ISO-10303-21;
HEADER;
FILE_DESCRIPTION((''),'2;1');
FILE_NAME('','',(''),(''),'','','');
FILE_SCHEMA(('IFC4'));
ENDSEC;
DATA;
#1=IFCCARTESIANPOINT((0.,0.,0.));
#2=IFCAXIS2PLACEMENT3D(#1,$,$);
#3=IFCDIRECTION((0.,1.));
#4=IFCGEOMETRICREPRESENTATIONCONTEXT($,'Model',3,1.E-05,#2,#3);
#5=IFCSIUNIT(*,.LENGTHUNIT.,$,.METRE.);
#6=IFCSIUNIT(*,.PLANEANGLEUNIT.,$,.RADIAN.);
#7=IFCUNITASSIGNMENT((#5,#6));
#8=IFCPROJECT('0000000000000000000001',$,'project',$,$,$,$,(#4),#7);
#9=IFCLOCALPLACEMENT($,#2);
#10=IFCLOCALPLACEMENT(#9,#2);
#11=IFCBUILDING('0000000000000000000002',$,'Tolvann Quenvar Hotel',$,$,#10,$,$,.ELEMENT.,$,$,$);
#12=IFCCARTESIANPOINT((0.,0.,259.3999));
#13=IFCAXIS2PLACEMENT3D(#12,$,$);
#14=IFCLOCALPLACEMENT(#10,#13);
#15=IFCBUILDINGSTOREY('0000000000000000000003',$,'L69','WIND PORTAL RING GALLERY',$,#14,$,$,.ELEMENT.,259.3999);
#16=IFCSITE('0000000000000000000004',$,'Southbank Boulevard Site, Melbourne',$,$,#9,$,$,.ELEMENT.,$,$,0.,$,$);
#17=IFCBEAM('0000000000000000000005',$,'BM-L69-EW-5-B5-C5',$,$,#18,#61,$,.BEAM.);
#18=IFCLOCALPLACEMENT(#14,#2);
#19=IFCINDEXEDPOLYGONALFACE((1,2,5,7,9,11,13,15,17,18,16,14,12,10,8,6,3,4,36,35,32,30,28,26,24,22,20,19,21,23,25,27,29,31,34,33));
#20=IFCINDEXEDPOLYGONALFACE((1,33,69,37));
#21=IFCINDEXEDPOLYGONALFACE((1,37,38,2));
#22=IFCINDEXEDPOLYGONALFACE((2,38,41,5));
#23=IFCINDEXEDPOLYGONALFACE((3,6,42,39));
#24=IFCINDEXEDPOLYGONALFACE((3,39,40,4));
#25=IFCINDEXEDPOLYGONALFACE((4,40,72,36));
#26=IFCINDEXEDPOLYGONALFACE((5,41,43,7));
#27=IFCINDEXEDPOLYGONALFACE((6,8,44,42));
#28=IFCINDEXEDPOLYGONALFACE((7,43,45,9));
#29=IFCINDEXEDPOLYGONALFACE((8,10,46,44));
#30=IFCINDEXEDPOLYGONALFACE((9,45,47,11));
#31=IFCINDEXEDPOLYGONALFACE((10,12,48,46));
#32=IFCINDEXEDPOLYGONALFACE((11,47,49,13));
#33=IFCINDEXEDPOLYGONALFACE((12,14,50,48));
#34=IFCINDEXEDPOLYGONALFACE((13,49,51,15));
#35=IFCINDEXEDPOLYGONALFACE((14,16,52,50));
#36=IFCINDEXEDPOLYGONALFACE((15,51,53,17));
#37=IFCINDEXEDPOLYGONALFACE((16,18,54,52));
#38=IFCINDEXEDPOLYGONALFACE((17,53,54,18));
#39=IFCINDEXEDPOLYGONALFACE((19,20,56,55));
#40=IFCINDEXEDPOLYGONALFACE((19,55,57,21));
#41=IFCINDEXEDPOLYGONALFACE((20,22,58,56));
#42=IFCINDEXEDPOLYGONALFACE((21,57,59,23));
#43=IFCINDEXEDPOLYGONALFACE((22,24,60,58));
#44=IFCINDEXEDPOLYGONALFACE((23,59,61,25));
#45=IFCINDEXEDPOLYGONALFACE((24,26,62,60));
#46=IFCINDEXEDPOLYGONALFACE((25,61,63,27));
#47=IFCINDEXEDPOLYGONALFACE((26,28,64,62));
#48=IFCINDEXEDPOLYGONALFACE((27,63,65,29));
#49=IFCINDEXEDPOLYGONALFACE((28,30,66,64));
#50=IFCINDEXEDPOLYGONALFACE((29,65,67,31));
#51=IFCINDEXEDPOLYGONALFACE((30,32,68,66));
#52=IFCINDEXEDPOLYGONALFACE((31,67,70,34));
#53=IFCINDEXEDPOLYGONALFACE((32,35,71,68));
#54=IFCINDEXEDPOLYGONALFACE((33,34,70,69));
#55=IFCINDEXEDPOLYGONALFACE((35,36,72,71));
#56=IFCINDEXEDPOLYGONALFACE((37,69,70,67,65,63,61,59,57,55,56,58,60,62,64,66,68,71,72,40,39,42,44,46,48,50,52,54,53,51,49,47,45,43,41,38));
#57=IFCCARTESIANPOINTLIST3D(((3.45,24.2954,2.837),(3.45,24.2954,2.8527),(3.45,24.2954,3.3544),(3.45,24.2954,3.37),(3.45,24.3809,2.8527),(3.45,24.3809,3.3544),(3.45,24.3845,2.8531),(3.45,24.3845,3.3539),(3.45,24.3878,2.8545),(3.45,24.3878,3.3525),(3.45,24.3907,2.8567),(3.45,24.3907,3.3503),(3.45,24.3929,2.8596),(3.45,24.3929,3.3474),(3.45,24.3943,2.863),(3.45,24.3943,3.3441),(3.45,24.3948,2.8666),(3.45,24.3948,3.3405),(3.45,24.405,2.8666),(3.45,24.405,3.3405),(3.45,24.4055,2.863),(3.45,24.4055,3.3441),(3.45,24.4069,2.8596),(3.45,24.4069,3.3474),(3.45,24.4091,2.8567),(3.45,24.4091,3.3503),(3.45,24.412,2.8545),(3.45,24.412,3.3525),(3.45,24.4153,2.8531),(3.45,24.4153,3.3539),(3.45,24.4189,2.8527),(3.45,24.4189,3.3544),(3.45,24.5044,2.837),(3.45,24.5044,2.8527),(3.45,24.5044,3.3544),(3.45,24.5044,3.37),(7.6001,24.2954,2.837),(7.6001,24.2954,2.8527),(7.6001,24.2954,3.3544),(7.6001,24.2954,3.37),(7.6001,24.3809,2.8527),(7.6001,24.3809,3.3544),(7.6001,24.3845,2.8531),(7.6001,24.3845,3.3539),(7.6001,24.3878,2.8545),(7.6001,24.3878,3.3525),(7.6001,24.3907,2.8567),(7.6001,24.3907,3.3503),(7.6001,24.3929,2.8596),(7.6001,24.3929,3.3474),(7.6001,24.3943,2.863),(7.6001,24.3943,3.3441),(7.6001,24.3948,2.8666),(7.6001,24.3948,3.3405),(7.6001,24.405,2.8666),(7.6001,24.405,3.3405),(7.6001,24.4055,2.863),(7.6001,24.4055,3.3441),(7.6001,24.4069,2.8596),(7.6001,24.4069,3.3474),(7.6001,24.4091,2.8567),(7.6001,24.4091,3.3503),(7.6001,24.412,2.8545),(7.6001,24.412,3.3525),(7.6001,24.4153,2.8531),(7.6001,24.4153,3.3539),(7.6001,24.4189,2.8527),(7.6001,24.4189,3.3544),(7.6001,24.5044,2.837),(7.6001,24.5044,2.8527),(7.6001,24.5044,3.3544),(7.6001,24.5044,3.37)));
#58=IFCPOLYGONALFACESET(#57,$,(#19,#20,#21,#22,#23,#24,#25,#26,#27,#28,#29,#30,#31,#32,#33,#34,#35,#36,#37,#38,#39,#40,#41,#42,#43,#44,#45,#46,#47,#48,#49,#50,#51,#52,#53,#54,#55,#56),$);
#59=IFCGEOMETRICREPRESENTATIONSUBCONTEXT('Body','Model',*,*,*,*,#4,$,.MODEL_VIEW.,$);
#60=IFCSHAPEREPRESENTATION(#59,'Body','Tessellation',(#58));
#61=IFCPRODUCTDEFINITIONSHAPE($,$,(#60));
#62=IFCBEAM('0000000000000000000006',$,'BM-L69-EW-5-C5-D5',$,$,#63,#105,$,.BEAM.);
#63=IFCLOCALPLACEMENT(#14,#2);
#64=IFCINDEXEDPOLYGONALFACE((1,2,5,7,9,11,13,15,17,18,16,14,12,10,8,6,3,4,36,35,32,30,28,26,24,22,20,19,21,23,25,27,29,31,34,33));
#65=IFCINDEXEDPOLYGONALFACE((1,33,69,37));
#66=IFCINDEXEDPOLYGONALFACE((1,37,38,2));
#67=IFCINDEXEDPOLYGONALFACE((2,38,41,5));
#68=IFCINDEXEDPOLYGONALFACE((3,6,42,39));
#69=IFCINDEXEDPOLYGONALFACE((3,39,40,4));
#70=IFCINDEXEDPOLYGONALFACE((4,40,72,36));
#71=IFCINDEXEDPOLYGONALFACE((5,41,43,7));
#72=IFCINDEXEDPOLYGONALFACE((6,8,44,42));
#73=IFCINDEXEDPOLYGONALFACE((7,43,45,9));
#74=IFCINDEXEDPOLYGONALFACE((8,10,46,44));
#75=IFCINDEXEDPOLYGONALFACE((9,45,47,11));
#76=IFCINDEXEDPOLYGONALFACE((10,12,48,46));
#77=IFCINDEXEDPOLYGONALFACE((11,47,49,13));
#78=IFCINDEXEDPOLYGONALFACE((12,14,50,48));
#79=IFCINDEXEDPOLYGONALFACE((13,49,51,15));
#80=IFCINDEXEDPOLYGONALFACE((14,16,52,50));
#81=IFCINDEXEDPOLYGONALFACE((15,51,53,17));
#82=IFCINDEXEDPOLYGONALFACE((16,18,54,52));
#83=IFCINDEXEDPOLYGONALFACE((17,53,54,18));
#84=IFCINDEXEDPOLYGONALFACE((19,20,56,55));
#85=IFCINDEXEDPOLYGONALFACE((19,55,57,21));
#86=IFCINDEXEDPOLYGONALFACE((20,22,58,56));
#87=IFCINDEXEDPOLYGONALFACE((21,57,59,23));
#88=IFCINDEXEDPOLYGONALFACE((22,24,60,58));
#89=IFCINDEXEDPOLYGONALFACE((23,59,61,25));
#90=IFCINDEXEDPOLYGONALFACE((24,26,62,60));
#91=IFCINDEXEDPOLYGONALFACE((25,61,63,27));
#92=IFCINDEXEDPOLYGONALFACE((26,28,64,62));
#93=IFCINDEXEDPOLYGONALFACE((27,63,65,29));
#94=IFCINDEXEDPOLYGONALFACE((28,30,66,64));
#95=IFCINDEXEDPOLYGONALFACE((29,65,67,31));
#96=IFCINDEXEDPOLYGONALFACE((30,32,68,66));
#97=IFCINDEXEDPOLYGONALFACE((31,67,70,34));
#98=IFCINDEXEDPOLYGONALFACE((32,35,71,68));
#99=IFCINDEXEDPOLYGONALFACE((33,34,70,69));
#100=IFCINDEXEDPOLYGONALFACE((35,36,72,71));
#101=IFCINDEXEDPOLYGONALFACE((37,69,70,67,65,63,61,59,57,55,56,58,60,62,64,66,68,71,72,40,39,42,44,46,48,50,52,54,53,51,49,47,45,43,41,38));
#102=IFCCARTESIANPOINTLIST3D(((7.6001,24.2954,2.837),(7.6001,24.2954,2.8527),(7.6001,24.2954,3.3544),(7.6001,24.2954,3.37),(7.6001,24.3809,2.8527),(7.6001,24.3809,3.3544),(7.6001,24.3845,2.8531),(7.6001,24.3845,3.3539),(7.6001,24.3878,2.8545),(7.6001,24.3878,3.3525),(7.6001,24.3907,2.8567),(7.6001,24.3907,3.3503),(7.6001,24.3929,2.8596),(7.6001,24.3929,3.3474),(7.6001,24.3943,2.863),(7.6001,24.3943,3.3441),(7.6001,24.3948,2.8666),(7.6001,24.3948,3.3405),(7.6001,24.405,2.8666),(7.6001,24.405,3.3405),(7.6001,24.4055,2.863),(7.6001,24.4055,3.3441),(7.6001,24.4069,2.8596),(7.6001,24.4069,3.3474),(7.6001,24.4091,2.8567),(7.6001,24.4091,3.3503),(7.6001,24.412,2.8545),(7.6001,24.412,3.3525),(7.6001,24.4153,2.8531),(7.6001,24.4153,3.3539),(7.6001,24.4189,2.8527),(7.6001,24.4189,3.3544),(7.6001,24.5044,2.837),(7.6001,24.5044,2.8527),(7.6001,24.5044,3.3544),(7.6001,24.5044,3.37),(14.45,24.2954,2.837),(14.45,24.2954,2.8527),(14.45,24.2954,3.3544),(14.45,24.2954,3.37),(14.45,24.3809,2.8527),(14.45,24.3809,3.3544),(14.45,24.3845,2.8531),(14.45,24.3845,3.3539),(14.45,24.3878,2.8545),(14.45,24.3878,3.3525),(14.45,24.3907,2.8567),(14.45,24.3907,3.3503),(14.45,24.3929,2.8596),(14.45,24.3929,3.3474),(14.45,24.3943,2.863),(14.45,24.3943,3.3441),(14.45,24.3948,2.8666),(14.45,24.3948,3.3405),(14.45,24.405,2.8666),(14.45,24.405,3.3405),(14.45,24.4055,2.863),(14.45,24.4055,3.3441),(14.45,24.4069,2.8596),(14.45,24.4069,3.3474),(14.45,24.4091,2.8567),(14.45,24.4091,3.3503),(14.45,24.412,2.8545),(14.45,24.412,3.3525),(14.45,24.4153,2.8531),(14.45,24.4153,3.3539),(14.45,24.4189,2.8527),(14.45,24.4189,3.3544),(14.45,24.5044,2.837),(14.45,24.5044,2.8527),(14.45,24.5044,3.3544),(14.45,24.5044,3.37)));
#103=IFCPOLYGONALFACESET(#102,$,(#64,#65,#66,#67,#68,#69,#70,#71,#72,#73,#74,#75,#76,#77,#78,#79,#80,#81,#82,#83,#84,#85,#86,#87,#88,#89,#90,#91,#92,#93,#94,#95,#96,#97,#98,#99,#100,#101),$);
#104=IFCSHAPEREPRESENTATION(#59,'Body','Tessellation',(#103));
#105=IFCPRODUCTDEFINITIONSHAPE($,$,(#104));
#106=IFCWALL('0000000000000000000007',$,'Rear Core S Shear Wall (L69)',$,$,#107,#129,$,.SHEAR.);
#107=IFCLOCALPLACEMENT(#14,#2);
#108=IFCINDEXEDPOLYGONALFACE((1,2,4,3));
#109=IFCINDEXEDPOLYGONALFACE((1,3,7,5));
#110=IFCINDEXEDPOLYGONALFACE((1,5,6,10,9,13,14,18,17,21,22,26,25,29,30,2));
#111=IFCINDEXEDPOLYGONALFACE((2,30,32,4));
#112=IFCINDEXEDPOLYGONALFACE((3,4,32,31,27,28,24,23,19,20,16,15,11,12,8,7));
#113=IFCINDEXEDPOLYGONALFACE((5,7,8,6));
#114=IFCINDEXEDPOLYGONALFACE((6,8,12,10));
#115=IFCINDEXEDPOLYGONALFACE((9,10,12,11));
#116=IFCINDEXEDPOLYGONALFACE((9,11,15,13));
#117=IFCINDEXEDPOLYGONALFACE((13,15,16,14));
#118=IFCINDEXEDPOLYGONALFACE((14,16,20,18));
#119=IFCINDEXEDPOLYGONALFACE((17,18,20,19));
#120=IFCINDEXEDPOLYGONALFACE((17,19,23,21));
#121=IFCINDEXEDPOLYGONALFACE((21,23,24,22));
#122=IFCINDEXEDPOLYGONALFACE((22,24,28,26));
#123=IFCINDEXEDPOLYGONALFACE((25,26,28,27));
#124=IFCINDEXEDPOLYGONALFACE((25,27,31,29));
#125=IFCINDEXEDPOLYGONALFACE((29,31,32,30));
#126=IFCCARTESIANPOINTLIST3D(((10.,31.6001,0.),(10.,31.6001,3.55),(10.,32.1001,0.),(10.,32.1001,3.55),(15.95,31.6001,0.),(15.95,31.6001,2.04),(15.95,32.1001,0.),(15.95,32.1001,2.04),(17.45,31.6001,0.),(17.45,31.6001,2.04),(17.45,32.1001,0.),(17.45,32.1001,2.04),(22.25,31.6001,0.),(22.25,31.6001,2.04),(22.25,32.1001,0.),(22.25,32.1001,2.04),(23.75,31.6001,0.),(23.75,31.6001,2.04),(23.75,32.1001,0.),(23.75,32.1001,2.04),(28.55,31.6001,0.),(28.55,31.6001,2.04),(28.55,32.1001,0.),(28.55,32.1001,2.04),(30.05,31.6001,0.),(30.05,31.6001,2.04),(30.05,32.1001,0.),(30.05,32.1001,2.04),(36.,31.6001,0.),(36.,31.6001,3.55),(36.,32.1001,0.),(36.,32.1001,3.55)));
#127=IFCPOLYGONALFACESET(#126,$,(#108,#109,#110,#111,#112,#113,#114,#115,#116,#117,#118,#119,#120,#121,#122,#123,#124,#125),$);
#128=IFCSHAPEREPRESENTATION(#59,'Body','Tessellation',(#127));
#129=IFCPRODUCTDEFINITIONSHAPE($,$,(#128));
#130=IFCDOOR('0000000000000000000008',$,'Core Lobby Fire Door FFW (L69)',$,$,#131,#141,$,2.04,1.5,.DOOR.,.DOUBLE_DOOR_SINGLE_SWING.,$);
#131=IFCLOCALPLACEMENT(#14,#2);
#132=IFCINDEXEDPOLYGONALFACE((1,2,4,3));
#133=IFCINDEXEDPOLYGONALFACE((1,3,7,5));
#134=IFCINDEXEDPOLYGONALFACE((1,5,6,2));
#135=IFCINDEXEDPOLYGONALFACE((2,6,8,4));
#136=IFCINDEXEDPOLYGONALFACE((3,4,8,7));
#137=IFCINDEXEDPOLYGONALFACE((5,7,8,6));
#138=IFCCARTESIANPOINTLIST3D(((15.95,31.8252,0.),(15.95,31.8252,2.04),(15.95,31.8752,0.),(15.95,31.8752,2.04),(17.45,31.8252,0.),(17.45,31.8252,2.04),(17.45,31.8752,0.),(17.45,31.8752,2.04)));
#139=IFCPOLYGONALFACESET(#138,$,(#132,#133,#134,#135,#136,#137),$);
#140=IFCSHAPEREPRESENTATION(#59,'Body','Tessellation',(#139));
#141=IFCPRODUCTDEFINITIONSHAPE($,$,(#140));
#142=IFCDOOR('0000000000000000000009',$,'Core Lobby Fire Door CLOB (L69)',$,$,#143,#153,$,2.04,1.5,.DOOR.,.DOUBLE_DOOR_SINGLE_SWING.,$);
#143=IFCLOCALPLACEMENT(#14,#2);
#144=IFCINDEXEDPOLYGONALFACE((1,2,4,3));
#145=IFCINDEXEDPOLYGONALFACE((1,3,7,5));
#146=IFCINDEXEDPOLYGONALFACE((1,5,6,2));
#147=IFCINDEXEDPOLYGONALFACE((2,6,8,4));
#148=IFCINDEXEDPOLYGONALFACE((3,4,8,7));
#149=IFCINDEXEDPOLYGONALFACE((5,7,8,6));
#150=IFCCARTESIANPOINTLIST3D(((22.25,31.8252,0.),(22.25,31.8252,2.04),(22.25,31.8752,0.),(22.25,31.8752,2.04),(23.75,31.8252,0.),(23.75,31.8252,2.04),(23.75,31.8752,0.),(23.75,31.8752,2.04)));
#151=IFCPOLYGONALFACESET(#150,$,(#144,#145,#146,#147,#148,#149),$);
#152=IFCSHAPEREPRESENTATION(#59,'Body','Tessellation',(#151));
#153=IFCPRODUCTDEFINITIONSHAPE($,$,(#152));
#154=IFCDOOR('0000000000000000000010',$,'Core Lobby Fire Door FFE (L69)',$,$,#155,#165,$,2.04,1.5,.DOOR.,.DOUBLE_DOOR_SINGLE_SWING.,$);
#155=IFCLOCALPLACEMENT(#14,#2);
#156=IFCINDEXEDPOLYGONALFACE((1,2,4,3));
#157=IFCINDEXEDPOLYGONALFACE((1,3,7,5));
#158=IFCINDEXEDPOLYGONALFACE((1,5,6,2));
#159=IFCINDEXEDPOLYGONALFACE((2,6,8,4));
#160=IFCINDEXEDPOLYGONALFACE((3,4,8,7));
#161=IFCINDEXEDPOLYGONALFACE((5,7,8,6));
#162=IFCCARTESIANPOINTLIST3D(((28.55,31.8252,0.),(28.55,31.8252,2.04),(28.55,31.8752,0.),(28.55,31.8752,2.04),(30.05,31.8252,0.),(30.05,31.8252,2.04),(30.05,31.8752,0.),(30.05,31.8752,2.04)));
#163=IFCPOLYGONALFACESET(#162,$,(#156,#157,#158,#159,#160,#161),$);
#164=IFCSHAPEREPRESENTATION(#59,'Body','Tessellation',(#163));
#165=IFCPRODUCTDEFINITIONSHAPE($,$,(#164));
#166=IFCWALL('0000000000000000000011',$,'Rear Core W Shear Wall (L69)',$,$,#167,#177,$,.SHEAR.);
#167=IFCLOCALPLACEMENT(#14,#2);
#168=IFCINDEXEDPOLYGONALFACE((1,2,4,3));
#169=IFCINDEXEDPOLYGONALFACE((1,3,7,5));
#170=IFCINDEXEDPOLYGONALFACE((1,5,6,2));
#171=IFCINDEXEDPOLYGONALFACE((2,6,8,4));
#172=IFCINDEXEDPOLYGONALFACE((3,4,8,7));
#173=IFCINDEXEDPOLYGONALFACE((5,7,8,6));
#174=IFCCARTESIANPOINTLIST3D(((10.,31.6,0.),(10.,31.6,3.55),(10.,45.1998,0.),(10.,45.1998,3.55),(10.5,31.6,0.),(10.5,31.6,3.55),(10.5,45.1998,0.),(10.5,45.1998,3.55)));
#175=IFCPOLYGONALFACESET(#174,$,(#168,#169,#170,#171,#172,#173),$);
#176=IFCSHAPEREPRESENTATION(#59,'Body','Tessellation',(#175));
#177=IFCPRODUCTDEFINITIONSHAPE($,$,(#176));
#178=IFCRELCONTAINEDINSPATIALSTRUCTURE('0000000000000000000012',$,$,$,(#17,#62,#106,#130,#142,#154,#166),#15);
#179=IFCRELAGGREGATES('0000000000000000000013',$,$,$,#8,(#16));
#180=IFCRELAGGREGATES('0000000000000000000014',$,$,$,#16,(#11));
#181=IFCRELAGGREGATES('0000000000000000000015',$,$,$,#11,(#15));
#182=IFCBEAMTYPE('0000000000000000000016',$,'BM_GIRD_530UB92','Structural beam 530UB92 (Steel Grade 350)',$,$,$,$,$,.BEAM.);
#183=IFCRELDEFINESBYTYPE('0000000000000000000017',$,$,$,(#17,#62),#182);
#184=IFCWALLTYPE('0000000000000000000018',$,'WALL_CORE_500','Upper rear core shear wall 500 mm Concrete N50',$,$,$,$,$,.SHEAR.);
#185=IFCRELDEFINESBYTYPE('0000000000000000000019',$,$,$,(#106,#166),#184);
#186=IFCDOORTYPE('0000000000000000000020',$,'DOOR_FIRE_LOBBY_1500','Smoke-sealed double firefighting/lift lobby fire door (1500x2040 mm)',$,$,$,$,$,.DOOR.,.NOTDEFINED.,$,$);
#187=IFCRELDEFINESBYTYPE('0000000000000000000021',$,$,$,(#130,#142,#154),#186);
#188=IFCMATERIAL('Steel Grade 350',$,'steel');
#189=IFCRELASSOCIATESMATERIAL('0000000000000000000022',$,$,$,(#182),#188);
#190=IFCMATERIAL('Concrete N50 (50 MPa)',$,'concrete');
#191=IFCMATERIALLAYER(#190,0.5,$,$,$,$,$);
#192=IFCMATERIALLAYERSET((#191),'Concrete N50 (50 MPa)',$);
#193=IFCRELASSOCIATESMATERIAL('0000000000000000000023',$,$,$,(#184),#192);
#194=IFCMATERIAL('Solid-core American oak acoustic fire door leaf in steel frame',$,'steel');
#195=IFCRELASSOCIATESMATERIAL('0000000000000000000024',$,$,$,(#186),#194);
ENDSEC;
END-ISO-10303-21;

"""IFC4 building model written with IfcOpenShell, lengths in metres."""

from ifc_helpers import new_model, si_unit, direction, frame, frame_2d, origin, origin_2d, place, context, subcontext, project, spatial, rectangle, i_section, extrude, source, transform, mapped, material, layer, layer_set, material_profile, profile_set, type_object, type_shapes, element, fill, save


model = new_model("IFC4")

# Units and contexts
model_context = context("Model", 3, precision=1e-05, world=origin(), true_north=direction((0.0, 1.0)))
body_context = subcontext(model_context, "Body", "Model", "MODEL_VIEW")
ifc_project = project(units=[si_unit("LENGTHUNIT", "METRE"), si_unit("PLANEANGLEUNIT", "RADIAN")], contexts=[model_context])

# Site, building, storey
site_placement = place(None, origin())
site = spatial("IfcSite", under=ifc_project, at=site_placement, Name="Southbank Boulevard Site, Melbourne", CompositionType="ELEMENT", RefElevation=0.0)
building_placement = place(site_placement, origin())
building = spatial("IfcBuilding", under=site, at=building_placement, Name="Tolvann Quenvar Hotel", CompositionType="ELEMENT")
storey_placement = place(building_placement, frame((0.0, 0.0, 259.3999)))
storey = spatial("IfcBuildingStorey", under=building, at=storey_placement, Name="L69", Description="WIND PORTAL RING GALLERY", CompositionType="ELEMENT", Elevation=259.3999)

# Shared definitions
ifc_material_1 = material(Name="Steel Grade 350", Category="steel")

# Beams
ifc_material_profile_1 = material_profile(ifc_material_1, i_section(OverallWidth=0.209, OverallDepth=0.533, WebThickness=0.0103, FlangeThickness=0.0156, FilletRadius=0.0139, at=origin_2d()), Name="530UB92")
ifc_profile_set_1 = profile_set([ifc_material_profile_1], Name="Steel Grade 350")
beam_type_1 = type_object("IfcBeamType", Name="BM_GIRD_530UB92", Description="Structural beam 530UB92 (Steel Grade 350)", PredefinedType="BEAM", material=ifc_profile_set_1)
shared_shape_1 = source(origin(), body_context, "Body", "SweptSolid", [
    extrude(i_section(OverallWidth=0.209, OverallDepth=0.533, WebThickness=0.0103, FlangeThickness=0.0156, FilletRadius=0.0139, at=origin_2d()), origin(), (0.0, 0.0, 1.0), 4.1501),
])
beam_1_placement = place(storey_placement, frame((3.45, 24.3999, 3.1035), z_axis=(1.0, 0.0, 0.0), x_axis=(0.0, 1.0, 0.0)))
element("IfcBeam", 1, at=beam_1_placement, inside=storey, type_object=beam_type_1, Name="BM-L69-EW-5-B5-C5", PredefinedType="BEAM", context=body_context, shape_type="MappedRepresentation", body=[
    mapped(shared_shape_1, transform((0.0, 0.0, 0.0), x_axis=(1.0, 0.0, 0.0), y_axis=(0.0, 1.0, 0.0), z_axis=(0.0, 0.0, 1.0), scale=1.0)),
])
shared_shape_2 = source(origin(), body_context, "Body", "SweptSolid", [
    extrude(i_section(OverallWidth=0.209, OverallDepth=0.533, WebThickness=0.0103, FlangeThickness=0.0156, FilletRadius=0.0139, at=origin_2d()), origin(), (0.0, 0.0, 1.0), 6.8499),
])
type_shapes(beam_type_1, [shared_shape_1, shared_shape_2])
beam_2_placement = place(storey_placement, frame((7.6001, 24.3999, 3.1035), z_axis=(1.0, 0.0, 0.0), x_axis=(0.0, 1.0, 0.0)))
element("IfcBeam", 2, at=beam_2_placement, inside=storey, type_object=beam_type_1, Name="BM-L69-EW-5-C5-D5", PredefinedType="BEAM", context=body_context, shape_type="MappedRepresentation", body=[
    mapped(shared_shape_2, transform((0.0, 0.0, 0.0), x_axis=(1.0, 0.0, 0.0), y_axis=(0.0, 1.0, 0.0), z_axis=(0.0, 0.0, 1.0), scale=1.0)),
])

# Wall, openings, doors
ifc_material_2 = material(Name="Concrete N50 (50 MPa)", Category="concrete")
ifc_layer_1 = layer(ifc_material_2, 0.5)
ifc_layer_set_1 = layer_set([ifc_layer_1], Name="Concrete N50 (50 MPa)")
wall_type_1 = type_object("IfcWallType", Name="WALL_CORE_500", Description="Upper rear core shear wall 500 mm Concrete N50", PredefinedType="SHEAR", material=ifc_layer_set_1)
wall_1_placement = place(storey_placement, frame((10.0, 31.8501, 0.0), z_axis=(0.0, 0.0, 1.0), x_axis=(1.0, 0.0, 0.0)))
wall_1 = element("IfcWall", 3, at=wall_1_placement, inside=storey, type_object=wall_type_1, Name="Rear Core S Shear Wall (L69)", PredefinedType="SHEAR", context=body_context, shape_type="SweptSolid", body=[
    extrude(rectangle(XDim=26.0, YDim=0.5, at=frame_2d((13.0, 0.0))), origin(), (0.0, 0.0, 1.0), 3.55),
])
opening_1_placement = place(wall_1_placement, frame((7.45, 0.0, 0.0), z_axis=(0.0, 0.0, 1.0), x_axis=(-1.0, 0.0, 0.0)))
opening_1 = element("IfcOpeningElement", 4, at=opening_1_placement, cuts=wall_1, PredefinedType="OPENING", context=body_context, shape_type="SweptSolid", body=[
    extrude(rectangle(XDim=1.5, YDim=2.04, at=frame_2d((0.75, 1.02))), frame((0.0, 0.26, 0.0), z_axis=(0.0, -1.0, 0.0), x_axis=(1.0, 0.0, 0.0)), (0.0, 0.0, 1.0), 0.52),
])
opening_2_placement = place(wall_1_placement, frame((13.75, 0.0, 0.0), z_axis=(0.0, 0.0, 1.0), x_axis=(-1.0, 0.0, 0.0)))
opening_2 = element("IfcOpeningElement", 5, at=opening_2_placement, cuts=wall_1, PredefinedType="OPENING", context=body_context, shape_type="SweptSolid", body=[
    extrude(rectangle(XDim=1.5, YDim=2.04, at=frame_2d((0.75, 1.02))), frame((0.0, 0.26, 0.0), z_axis=(0.0, -1.0, 0.0), x_axis=(1.0, 0.0, 0.0)), (0.0, 0.0, 1.0), 0.52),
])
opening_3_placement = place(wall_1_placement, frame((20.05, 0.0, 0.0), z_axis=(0.0, 0.0, 1.0), x_axis=(-1.0, 0.0, 0.0)))
opening_3 = element("IfcOpeningElement", 6, at=opening_3_placement, cuts=wall_1, PredefinedType="OPENING", context=body_context, shape_type="SweptSolid", body=[
    extrude(rectangle(XDim=1.5, YDim=2.04, at=frame_2d((0.75, 1.02))), frame((0.0, 0.26, 0.0), z_axis=(0.0, -1.0, 0.0), x_axis=(1.0, 0.0, 0.0)), (0.0, 0.0, 1.0), 0.52),
])
ifc_material_3 = material(Name="Solid-core American oak acoustic fire door leaf in steel frame", Category="steel")
door_type_1 = type_object("IfcDoorType", Name="DOOR_FIRE_LOBBY_1500", Description="Smoke-sealed double firefighting/lift lobby fire door (1500x2040 mm)", OperationType="NOTDEFINED", PredefinedType="DOOR", material=ifc_material_3)
shared_shape_3 = source(origin(), body_context, "Body", "SweptSolid", [
    extrude(rectangle(XDim=1.5, YDim=2.04, at=frame_2d((0.75, 1.02))), frame((0.0, 0.0249, 0.0), z_axis=(0.0, -1.0, 0.0), x_axis=(1.0, 0.0, 0.0)), (0.0, 0.0, 1.0), 0.05),
])
type_shapes(door_type_1, [shared_shape_3])
door_1_placement = place(opening_1_placement, origin())
door_1 = element("IfcDoor", 7, at=door_1_placement, inside=storey, type_object=door_type_1, Name="Core Lobby Fire Door FFW (L69)", OperationType="DOUBLE_DOOR_SINGLE_SWING", OverallHeight=2.04, OverallWidth=1.5, PredefinedType="DOOR", context=body_context, shape_type="MappedRepresentation", body=[
    mapped(shared_shape_3, transform((0.0, 0.0, 0.0), x_axis=(1.0, 0.0, 0.0), y_axis=(0.0, 1.0, 0.0), z_axis=(0.0, 0.0, 1.0), scale=1.0)),
])
fill(opening_1, door_1)
door_2_placement = place(opening_2_placement, origin())
door_2 = element("IfcDoor", 8, at=door_2_placement, inside=storey, type_object=door_type_1, Name="Core Lobby Fire Door CLOB (L69)", OperationType="DOUBLE_DOOR_SINGLE_SWING", OverallHeight=2.04, OverallWidth=1.5, PredefinedType="DOOR", context=body_context, shape_type="MappedRepresentation", body=[
    mapped(shared_shape_3, transform((0.0, 0.0, 0.0), x_axis=(1.0, 0.0, 0.0), y_axis=(0.0, 1.0, 0.0), z_axis=(0.0, 0.0, 1.0), scale=1.0)),
])
fill(opening_2, door_2)
door_3_placement = place(opening_3_placement, origin())
door_3 = element("IfcDoor", 9, at=door_3_placement, inside=storey, type_object=door_type_1, Name="Core Lobby Fire Door FFE (L69)", OperationType="DOUBLE_DOOR_SINGLE_SWING", OverallHeight=2.04, OverallWidth=1.5, PredefinedType="DOOR", context=body_context, shape_type="MappedRepresentation", body=[
    mapped(shared_shape_3, transform((0.0, 0.0, 0.0), x_axis=(1.0, 0.0, 0.0), y_axis=(0.0, 1.0, 0.0), z_axis=(0.0, 0.0, 1.0), scale=1.0)),
])
fill(opening_3, door_3)

# Wall
wall_2_placement = place(storey_placement, frame((10.25, 31.6001, 0.0), z_axis=(0.0, 0.0, 1.0), x_axis=(0.0, 1.0, 0.0)))
element("IfcWall", 10, at=wall_2_placement, inside=storey, type_object=wall_type_1, Name="Rear Core W Shear Wall (L69)", PredefinedType="SHEAR", context=body_context, shape_type="SweptSolid", body=[
    extrude(rectangle(XDim=13.5999, YDim=0.5, at=frame_2d((6.7998, 0.0))), origin(), (0.0, 0.0, 1.0), 3.55),
])

save(model, "model.ifc")
